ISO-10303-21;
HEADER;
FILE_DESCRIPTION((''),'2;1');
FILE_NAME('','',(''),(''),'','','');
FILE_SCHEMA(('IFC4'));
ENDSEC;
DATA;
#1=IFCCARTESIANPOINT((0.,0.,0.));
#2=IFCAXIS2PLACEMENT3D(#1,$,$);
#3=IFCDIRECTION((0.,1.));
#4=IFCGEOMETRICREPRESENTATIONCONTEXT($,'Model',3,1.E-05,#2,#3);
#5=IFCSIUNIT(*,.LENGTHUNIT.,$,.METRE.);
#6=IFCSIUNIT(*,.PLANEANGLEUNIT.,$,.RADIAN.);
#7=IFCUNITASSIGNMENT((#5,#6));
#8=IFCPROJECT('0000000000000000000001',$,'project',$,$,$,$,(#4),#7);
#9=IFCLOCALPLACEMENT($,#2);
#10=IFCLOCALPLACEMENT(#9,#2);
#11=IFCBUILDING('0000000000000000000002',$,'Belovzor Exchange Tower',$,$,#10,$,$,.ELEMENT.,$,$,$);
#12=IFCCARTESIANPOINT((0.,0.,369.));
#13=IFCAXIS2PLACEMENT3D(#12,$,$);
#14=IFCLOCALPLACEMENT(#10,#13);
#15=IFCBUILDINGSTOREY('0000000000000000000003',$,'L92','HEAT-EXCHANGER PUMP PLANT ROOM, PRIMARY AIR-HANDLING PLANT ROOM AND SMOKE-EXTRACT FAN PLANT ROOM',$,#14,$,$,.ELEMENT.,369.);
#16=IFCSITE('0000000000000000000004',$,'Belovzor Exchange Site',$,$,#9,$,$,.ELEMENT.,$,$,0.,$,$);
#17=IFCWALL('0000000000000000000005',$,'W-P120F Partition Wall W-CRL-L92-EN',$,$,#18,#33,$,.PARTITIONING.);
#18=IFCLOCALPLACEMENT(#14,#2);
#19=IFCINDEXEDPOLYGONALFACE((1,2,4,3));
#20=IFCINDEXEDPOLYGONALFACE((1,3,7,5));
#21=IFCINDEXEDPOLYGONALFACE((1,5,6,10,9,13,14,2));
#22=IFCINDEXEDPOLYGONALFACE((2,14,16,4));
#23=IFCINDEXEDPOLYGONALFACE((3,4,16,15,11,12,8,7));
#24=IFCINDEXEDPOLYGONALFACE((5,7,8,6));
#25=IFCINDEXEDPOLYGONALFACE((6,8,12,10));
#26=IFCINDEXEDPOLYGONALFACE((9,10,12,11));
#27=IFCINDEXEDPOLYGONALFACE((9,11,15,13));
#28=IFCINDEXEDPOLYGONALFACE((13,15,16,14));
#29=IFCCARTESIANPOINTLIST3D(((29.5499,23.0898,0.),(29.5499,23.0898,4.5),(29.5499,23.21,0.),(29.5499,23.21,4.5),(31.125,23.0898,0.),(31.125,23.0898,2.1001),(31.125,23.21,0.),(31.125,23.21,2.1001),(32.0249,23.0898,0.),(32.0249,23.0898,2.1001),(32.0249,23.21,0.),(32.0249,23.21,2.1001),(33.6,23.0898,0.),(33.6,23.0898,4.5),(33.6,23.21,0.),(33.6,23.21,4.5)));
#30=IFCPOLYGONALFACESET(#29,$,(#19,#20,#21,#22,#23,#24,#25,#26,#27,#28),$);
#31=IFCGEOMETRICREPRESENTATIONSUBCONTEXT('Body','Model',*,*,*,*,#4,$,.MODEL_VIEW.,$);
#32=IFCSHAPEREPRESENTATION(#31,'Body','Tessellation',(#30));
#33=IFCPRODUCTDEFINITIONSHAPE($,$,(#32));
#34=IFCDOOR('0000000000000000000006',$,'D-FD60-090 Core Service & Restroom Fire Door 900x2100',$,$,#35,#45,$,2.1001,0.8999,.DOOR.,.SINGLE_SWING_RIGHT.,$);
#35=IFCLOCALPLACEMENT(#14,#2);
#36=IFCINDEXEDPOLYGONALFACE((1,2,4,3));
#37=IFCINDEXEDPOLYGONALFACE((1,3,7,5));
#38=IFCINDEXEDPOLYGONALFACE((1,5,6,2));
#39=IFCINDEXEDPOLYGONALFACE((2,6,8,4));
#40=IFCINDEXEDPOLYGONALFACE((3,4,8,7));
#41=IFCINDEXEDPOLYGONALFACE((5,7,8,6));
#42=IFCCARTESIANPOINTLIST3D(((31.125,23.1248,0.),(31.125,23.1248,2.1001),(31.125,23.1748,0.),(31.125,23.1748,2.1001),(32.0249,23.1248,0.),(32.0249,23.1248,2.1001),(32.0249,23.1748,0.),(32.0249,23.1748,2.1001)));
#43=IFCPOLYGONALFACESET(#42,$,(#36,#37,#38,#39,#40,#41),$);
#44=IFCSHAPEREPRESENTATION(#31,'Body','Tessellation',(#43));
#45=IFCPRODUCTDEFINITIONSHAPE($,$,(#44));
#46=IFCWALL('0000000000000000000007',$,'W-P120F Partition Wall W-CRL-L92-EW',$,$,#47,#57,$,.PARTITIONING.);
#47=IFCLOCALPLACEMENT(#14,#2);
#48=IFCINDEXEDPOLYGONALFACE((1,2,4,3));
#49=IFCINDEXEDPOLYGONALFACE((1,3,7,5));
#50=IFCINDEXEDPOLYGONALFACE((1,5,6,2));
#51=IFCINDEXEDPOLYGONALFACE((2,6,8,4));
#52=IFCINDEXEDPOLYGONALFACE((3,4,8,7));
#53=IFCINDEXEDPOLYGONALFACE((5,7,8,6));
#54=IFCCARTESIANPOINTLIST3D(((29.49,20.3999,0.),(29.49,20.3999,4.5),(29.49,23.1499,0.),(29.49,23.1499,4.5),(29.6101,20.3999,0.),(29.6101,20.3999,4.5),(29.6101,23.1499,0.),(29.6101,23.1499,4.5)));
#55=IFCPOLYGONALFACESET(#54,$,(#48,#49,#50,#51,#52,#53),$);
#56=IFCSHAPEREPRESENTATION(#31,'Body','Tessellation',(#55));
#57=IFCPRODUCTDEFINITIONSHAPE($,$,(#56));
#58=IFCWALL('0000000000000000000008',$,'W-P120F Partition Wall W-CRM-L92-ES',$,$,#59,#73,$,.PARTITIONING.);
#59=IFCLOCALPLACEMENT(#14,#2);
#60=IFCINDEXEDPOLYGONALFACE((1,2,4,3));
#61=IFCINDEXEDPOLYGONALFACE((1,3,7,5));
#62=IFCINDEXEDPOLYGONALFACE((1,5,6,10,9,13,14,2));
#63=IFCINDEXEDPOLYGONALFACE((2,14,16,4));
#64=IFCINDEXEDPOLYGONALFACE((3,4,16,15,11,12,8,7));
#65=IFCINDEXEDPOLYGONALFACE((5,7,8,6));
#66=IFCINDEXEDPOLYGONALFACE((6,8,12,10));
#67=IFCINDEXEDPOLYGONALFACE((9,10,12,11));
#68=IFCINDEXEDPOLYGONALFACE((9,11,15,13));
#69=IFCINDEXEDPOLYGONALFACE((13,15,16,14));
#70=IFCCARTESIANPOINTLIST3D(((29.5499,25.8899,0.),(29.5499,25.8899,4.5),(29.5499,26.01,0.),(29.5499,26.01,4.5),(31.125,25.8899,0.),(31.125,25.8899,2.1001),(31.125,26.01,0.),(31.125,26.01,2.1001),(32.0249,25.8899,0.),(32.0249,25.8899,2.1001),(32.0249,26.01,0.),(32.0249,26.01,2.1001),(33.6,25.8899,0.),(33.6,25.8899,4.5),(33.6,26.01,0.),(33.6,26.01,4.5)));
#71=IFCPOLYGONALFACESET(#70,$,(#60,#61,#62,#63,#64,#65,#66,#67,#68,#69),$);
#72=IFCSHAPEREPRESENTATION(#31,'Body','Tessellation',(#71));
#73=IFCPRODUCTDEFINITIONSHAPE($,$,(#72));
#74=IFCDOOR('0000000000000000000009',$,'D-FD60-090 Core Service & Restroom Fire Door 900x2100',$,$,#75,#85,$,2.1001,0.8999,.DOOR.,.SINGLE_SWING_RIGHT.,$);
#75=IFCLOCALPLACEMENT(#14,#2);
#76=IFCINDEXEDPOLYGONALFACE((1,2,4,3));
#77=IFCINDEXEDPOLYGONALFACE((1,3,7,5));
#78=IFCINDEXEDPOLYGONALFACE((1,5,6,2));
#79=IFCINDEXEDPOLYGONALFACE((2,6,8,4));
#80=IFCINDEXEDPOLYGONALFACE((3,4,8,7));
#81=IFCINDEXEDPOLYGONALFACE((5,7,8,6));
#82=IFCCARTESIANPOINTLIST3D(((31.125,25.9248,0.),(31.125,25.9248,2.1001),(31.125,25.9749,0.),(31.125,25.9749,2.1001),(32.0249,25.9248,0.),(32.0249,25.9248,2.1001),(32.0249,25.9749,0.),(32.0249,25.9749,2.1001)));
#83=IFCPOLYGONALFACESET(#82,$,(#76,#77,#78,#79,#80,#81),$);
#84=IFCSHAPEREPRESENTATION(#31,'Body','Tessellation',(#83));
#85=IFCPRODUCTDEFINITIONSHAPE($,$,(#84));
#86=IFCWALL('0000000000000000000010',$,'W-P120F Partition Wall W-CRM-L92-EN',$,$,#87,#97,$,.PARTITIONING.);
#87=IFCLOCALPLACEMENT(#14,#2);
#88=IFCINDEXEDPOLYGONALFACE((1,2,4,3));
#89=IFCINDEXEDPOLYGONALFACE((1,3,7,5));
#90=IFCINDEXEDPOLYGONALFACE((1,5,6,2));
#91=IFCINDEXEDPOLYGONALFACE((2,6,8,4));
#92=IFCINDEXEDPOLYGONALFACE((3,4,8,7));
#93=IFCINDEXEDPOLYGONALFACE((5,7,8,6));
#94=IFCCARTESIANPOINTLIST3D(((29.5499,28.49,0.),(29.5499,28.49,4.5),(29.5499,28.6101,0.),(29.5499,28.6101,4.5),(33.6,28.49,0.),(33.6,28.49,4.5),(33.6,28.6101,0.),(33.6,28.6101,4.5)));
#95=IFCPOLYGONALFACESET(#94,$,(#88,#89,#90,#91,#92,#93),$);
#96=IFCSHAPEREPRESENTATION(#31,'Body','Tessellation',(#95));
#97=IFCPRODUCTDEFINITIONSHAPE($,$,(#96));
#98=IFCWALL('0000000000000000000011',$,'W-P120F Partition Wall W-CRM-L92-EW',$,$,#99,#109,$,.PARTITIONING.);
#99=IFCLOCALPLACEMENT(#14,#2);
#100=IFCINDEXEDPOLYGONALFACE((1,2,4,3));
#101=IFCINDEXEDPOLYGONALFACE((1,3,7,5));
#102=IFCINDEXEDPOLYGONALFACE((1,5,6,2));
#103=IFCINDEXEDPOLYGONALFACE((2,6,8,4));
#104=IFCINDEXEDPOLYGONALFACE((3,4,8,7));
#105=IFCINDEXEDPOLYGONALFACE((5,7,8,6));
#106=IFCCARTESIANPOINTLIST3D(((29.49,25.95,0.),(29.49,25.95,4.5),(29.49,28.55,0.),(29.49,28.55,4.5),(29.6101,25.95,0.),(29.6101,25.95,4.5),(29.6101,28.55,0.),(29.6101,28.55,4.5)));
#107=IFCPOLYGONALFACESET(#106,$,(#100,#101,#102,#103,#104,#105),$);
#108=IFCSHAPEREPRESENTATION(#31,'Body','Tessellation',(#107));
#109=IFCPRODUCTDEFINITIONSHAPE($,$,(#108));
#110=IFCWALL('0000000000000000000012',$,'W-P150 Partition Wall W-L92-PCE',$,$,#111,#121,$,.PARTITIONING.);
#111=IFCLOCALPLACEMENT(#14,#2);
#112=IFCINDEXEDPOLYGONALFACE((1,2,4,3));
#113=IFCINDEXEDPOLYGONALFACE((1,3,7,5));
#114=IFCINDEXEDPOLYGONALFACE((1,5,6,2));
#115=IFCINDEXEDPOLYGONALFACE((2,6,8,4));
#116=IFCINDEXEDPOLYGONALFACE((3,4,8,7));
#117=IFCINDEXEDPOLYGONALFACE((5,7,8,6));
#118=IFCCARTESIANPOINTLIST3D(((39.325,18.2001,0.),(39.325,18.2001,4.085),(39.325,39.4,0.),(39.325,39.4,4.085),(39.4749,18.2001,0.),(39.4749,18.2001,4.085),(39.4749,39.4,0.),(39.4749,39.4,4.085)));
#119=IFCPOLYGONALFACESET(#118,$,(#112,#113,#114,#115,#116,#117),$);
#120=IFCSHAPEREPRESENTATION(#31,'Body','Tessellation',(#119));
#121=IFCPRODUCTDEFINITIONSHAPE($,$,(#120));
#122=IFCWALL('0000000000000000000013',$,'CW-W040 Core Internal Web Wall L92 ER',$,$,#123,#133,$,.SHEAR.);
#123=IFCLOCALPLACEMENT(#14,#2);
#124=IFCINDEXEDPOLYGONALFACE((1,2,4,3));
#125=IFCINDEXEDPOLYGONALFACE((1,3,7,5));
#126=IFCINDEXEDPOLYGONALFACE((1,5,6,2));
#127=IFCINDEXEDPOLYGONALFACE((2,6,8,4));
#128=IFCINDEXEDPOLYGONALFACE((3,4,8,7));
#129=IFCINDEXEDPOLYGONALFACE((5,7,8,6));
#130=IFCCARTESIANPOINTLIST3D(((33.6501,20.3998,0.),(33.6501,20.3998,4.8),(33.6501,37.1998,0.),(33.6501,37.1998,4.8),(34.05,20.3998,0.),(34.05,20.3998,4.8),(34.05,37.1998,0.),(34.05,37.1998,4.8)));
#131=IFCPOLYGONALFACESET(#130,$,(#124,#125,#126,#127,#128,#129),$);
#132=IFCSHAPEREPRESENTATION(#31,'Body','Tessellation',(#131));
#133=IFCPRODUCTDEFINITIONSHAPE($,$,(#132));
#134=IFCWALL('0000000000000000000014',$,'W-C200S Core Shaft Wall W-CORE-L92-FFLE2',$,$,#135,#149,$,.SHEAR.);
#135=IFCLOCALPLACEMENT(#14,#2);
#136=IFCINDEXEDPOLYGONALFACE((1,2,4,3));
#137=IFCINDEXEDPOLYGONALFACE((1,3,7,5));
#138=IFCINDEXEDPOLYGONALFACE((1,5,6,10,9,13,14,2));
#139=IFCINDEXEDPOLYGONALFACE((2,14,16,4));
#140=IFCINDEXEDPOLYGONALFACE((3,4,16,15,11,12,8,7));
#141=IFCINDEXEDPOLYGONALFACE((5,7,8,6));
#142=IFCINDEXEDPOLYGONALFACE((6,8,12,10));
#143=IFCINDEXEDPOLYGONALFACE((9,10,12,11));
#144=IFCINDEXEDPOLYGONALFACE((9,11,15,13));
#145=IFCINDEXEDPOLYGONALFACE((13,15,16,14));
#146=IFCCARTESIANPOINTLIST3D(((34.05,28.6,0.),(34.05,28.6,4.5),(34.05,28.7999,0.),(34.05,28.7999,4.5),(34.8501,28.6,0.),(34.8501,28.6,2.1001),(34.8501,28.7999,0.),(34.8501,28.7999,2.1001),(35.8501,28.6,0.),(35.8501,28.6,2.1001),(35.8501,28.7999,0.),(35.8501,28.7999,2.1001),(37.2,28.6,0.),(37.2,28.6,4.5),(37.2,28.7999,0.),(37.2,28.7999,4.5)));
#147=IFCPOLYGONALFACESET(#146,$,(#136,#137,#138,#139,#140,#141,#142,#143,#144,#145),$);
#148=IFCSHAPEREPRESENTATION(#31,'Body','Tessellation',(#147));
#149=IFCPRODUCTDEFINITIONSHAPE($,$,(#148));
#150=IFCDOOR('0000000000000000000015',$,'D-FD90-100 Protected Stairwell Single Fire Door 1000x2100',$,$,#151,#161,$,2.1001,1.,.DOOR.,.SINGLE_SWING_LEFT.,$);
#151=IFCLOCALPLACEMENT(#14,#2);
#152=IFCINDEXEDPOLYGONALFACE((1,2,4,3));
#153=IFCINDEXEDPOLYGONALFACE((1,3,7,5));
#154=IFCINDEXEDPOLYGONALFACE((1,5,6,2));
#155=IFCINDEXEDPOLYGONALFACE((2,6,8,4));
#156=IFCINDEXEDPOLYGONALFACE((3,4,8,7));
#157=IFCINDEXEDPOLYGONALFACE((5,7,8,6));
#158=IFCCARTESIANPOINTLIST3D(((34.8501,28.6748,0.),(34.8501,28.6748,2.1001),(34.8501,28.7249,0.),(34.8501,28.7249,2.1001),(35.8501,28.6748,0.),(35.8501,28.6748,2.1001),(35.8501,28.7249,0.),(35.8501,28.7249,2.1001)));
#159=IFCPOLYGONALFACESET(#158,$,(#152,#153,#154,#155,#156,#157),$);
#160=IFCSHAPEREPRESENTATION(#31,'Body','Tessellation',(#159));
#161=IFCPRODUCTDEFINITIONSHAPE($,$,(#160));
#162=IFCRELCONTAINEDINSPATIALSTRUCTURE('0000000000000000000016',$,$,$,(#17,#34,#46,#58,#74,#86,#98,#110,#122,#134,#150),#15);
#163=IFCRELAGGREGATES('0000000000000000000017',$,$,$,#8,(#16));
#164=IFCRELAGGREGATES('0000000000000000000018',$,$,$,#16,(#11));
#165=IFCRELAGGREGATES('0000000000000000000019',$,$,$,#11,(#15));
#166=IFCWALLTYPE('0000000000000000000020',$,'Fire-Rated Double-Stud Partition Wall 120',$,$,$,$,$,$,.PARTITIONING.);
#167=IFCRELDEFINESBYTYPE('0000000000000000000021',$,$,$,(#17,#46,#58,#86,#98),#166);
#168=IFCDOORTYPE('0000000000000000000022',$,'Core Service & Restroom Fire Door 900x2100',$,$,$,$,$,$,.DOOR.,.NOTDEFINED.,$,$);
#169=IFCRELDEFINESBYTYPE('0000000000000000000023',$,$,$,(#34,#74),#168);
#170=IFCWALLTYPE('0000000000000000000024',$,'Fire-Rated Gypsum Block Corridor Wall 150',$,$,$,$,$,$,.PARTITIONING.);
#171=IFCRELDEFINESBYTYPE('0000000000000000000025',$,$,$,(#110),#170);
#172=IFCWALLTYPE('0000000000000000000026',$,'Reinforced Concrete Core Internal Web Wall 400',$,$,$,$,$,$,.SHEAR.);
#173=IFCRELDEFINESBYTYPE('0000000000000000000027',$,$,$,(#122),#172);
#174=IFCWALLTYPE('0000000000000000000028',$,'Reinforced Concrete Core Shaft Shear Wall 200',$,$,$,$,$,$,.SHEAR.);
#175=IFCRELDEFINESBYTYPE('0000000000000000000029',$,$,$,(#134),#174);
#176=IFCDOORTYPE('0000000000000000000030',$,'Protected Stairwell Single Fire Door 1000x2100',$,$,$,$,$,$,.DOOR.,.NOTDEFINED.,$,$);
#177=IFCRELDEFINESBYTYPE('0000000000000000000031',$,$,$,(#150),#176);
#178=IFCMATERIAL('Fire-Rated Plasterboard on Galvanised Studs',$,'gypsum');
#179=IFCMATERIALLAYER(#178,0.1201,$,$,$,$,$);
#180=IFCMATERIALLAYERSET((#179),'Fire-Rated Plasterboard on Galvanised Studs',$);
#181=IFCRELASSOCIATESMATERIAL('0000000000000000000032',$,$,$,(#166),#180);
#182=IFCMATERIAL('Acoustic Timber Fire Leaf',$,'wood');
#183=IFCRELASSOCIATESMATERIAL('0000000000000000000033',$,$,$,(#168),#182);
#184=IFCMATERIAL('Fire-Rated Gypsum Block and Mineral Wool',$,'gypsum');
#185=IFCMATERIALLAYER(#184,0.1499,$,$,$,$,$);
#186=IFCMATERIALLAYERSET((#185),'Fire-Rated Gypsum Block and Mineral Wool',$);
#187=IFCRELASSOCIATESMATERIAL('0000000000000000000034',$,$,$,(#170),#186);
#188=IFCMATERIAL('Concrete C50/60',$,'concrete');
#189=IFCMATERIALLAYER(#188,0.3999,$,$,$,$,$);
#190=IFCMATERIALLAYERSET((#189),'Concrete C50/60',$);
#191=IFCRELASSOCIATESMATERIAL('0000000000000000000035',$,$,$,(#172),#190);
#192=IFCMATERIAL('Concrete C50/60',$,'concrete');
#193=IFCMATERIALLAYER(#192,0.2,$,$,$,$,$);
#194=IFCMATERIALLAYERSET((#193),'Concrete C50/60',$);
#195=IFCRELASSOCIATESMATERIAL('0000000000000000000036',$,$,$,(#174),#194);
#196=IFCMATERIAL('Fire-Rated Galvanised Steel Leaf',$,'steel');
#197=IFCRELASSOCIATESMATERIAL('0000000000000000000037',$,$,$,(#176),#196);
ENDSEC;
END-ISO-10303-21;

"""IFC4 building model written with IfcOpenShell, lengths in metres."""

from ifc_helpers import new_model, si_unit, direction, frame, frame_2d, origin, place, context, subcontext, project, spatial, rectangle, extrude, material, layer, layer_set, type_object, element, fill, save


model = new_model("IFC4")

# Units and contexts
model_context = context("Model", 3, precision=1e-05, world=origin(), true_north=direction((0.0, 1.0)))
body_context = subcontext(model_context, "Body", "Model", "MODEL_VIEW")
ifc_project = project(units=[si_unit("LENGTHUNIT", "METRE"), si_unit("PLANEANGLEUNIT", "RADIAN")], contexts=[model_context])

# Site, building, storey
site_placement = place(None, origin())
site = spatial("IfcSite", under=ifc_project, at=site_placement, Name="Belovzor Exchange Site", CompositionType="ELEMENT", RefElevation=0.0)
building_placement = place(site_placement, origin())
building = spatial("IfcBuilding", under=site, at=building_placement, Name="Belovzor Exchange Tower", CompositionType="ELEMENT")
storey_placement = place(building_placement, frame((0.0, 0.0, 369.0)))
storey = spatial("IfcBuildingStorey", under=building, at=storey_placement, Name="L92", Description="HEAT-EXCHANGER PUMP PLANT ROOM, PRIMARY AIR-HANDLING PLANT ROOM AND SMOKE-EXTRACT FAN PLANT ROOM", CompositionType="ELEMENT", Elevation=369.0)

# Wall, opening, door
ifc_material_1 = material(Name="Fire-Rated Plasterboard on Galvanised Studs", Category="gypsum")
ifc_layer_1 = layer(ifc_material_1, 0.1201)
ifc_layer_set_1 = layer_set([ifc_layer_1], Name="Fire-Rated Plasterboard on Galvanised Studs")
wall_type_1 = type_object("IfcWallType", Name="Fire-Rated Double-Stud Partition Wall 120", PredefinedType="PARTITIONING", material=ifc_layer_set_1)
wall_1_placement = place(storey_placement, frame((29.55, 23.1499, 0.0), z_axis=(0.0, 0.0, 1.0), x_axis=(1.0, 0.0, 0.0)))
wall_1 = element("IfcWall", 1, at=wall_1_placement, inside=storey, type_object=wall_type_1, Name="W-P120F Partition Wall W-CRL-L92-EN", PredefinedType="PARTITIONING", context=body_context, shape_type="SweptSolid", body=[
    extrude(rectangle(XDim=4.05, YDim=0.1201, at=frame_2d((2.0249, 0.0))), origin(), (0.0, 0.0, 1.0), 4.5),
])
opening_1_placement = place(wall_1_placement, frame((1.575, 0.0, 0.0)))
opening_1 = element("IfcOpeningElement", 2, at=opening_1_placement, cuts=wall_1, PredefinedType="OPENING", context=body_context, shape_type="SweptSolid", body=[
    extrude(rectangle(XDim=0.8999, YDim=2.1001, at=frame_2d((0.45, 1.05))), frame((0.0, 0.0701, 0.0), z_axis=(0.0, -1.0, 0.0), x_axis=(1.0, 0.0, 0.0)), (0.0, 0.0, 1.0), 0.1401),
])
ifc_material_2 = material(Name="Acoustic Timber Fire Leaf", Category="wood")
door_type_1 = type_object("IfcDoorType", Name="Core Service & Restroom Fire Door 900x2100", OperationType="NOTDEFINED", PredefinedType="DOOR", material=ifc_material_2)
door_1_placement = place(opening_1_placement, origin())
door_1 = element("IfcDoor", 3, at=door_1_placement, inside=storey, type_object=door_type_1, Name="D-FD60-090 Core Service & Restroom Fire Door 900x2100", OperationType="SINGLE_SWING_RIGHT", OverallHeight=2.1001, OverallWidth=0.8999, PredefinedType="DOOR", context=body_context, shape_type="SweptSolid", body=[
    extrude(rectangle(XDim=0.8999, YDim=2.1001, at=frame_2d((0.45, 1.05))), frame((0.0, 0.0249, 0.0), z_axis=(0.0, -1.0, 0.0), x_axis=(1.0, 0.0, 0.0)), (0.0, 0.0, 1.0), 0.05),
])
fill(opening_1, door_1)

# Wall
wall_2_placement = place(storey_placement, frame((29.55, 20.3999, 0.0), z_axis=(0.0, 0.0, 1.0), x_axis=(0.0, 1.0, 0.0)))
element("IfcWall", 4, at=wall_2_placement, inside=storey, type_object=wall_type_1, Name="W-P120F Partition Wall W-CRL-L92-EW", PredefinedType="PARTITIONING", context=body_context, shape_type="SweptSolid", body=[
    extrude(rectangle(XDim=2.75, YDim=0.1201, at=frame_2d((1.375, 0.0))), origin(), (0.0, 0.0, 1.0), 4.5),
])

# Wall, opening, door
wall_3_placement = place(storey_placement, frame((29.55, 25.95, 0.0), z_axis=(0.0, 0.0, 1.0), x_axis=(1.0, 0.0, 0.0)))
wall_3 = element("IfcWall", 5, at=wall_3_placement, inside=storey, type_object=wall_type_1, Name="W-P120F Partition Wall W-CRM-L92-ES", PredefinedType="PARTITIONING", context=body_context, shape_type="SweptSolid", body=[
    extrude(rectangle(XDim=4.05, YDim=0.1201, at=frame_2d((2.0249, 0.0))), origin(), (0.0, 0.0, 1.0), 4.5),
])
opening_2_placement = place(wall_3_placement, frame((1.575, 0.0, 0.0)))
opening_2 = element("IfcOpeningElement", 6, at=opening_2_placement, cuts=wall_3, PredefinedType="OPENING", context=body_context, shape_type="SweptSolid", body=[
    extrude(rectangle(XDim=0.8999, YDim=2.1001, at=frame_2d((0.45, 1.05))), frame((0.0, 0.0701, 0.0), z_axis=(0.0, -1.0, 0.0), x_axis=(1.0, 0.0, 0.0)), (0.0, 0.0, 1.0), 0.1401),
])
door_2_placement = place(opening_2_placement, origin())
door_2 = element("IfcDoor", 7, at=door_2_placement, inside=storey, type_object=door_type_1, Name="D-FD60-090 Core Service & Restroom Fire Door 900x2100", OperationType="SINGLE_SWING_RIGHT", OverallHeight=2.1001, OverallWidth=0.8999, PredefinedType="DOOR", context=body_context, shape_type="SweptSolid", body=[
    extrude(rectangle(XDim=0.8999, YDim=2.1001, at=frame_2d((0.45, 1.05))), frame((0.0, 0.0249, 0.0), z_axis=(0.0, -1.0, 0.0), x_axis=(1.0, 0.0, 0.0)), (0.0, 0.0, 1.0), 0.05),
])
fill(opening_2, door_2)

# Walls
wall_4_placement = place(storey_placement, frame((29.55, 28.55, 0.0), z_axis=(0.0, 0.0, 1.0), x_axis=(1.0, 0.0, 0.0)))
element("IfcWall", 8, at=wall_4_placement, inside=storey, type_object=wall_type_1, Name="W-P120F Partition Wall W-CRM-L92-EN", PredefinedType="PARTITIONING", context=body_context, shape_type="SweptSolid", body=[
    extrude(rectangle(XDim=4.05, YDim=0.1201, at=frame_2d((2.0249, 0.0))), origin(), (0.0, 0.0, 1.0), 4.5),
])
wall_5_placement = place(storey_placement, frame((29.55, 25.95, 0.0), z_axis=(0.0, 0.0, 1.0), x_axis=(0.0, 1.0, 0.0)))
element("IfcWall", 9, at=wall_5_placement, inside=storey, type_object=wall_type_1, Name="W-P120F Partition Wall W-CRM-L92-EW", PredefinedType="PARTITIONING", context=body_context, shape_type="SweptSolid", body=[
    extrude(rectangle(XDim=2.6001, YDim=0.1201, at=frame_2d((1.3, 0.0))), origin(), (0.0, 0.0, 1.0), 4.5),
])
ifc_material_3 = material(Name="Fire-Rated Gypsum Block and Mineral Wool", Category="gypsum")
ifc_layer_2 = layer(ifc_material_3, 0.1499)
ifc_layer_set_2 = layer_set([ifc_layer_2], Name="Fire-Rated Gypsum Block and Mineral Wool")
wall_type_2 = type_object("IfcWallType", Name="Fire-Rated Gypsum Block Corridor Wall 150", PredefinedType="PARTITIONING", material=ifc_layer_set_2)
wall_6_placement = place(storey_placement, frame((39.3999, 18.2, 0.0), z_axis=(0.0, 0.0, 1.0), x_axis=(0.0, 1.0, 0.0)))
element("IfcWall", 10, at=wall_6_placement, inside=storey, type_object=wall_type_2, Name="W-P150 Partition Wall W-L92-PCE", PredefinedType="PARTITIONING", context=body_context, shape_type="SweptSolid", body=[
    extrude(rectangle(XDim=21.2, YDim=0.1499, at=frame_2d((10.6001, 0.0))), origin(), (0.0, 0.0, 1.0), 4.085),
])
ifc_material_4 = material(Name="Concrete C50/60", Category="concrete")
ifc_layer_3 = layer(ifc_material_4, 0.3999)
ifc_layer_set_3 = layer_set([ifc_layer_3], Name="Concrete C50/60")
wall_type_3 = type_object("IfcWallType", Name="Reinforced Concrete Core Internal Web Wall 400", PredefinedType="SHEAR", material=ifc_layer_set_3)
wall_7_placement = place(storey_placement, frame((33.8501, 20.3999, 0.0), z_axis=(0.0, 0.0, 1.0), x_axis=(0.0, 1.0, 0.0)))
element("IfcWall", 11, at=wall_7_placement, inside=storey, type_object=wall_type_3, Name="CW-W040 Core Internal Web Wall L92 ER", PredefinedType="SHEAR", context=body_context, shape_type="SweptSolid", body=[
    extrude(rectangle(XDim=16.8, YDim=0.3999, at=frame_2d((8.3999, 0.0))), origin(), (0.0, 0.0, 1.0), 4.8),
])

# Wall, opening, door
ifc_material_5 = material(Name="Concrete C50/60", Category="concrete")
ifc_layer_4 = layer(ifc_material_5, 0.2)
ifc_layer_set_4 = layer_set([ifc_layer_4], Name="Concrete C50/60")
wall_type_4 = type_object("IfcWallType", Name="Reinforced Concrete Core Shaft Shear Wall 200", PredefinedType="SHEAR", material=ifc_layer_set_4)
wall_8_placement = place(storey_placement, frame((34.05, 28.7, 0.0), z_axis=(0.0, 0.0, 1.0), x_axis=(1.0, 0.0, 0.0)))
wall_8 = element("IfcWall", 12, at=wall_8_placement, inside=storey, type_object=wall_type_4, Name="W-C200S Core Shaft Wall W-CORE-L92-FFLE2", PredefinedType="SHEAR", context=body_context, shape_type="SweptSolid", body=[
    extrude(rectangle(XDim=3.1499, YDim=0.2, at=frame_2d((1.575, 0.0))), origin(), (0.0, 0.0, 1.0), 4.5),
])
opening_3_placement = place(wall_8_placement, frame((0.8, 0.0, 0.0)))
opening_3 = element("IfcOpeningElement", 13, at=opening_3_placement, cuts=wall_8, PredefinedType="OPENING", context=body_context, shape_type="SweptSolid", body=[
    extrude(rectangle(XDim=1.0, YDim=2.1001, at=frame_2d((0.5, 1.05))), frame((0.0, 0.1099, 0.0), z_axis=(0.0, -1.0, 0.0), x_axis=(1.0, 0.0, 0.0)), (0.0, 0.0, 1.0), 0.22),
])
ifc_material_6 = material(Name="Fire-Rated Galvanised Steel Leaf", Category="steel")
door_type_2 = type_object("IfcDoorType", Name="Protected Stairwell Single Fire Door 1000x2100", OperationType="NOTDEFINED", PredefinedType="DOOR", material=ifc_material_6)
door_3_placement = place(opening_3_placement, origin())
door_3 = element("IfcDoor", 14, at=door_3_placement, inside=storey, type_object=door_type_2, Name="D-FD90-100 Protected Stairwell Single Fire Door 1000x2100", OperationType="SINGLE_SWING_LEFT", OverallHeight=2.1001, OverallWidth=1.0, PredefinedType="DOOR", context=body_context, shape_type="SweptSolid", body=[
    extrude(rectangle(XDim=1.0, YDim=2.1001, at=frame_2d((0.5, 1.05))), frame((0.0, 0.0249, 0.0), z_axis=(0.0, -1.0, 0.0), x_axis=(1.0, 0.0, 0.0)), (0.0, 0.0, 1.0), 0.05),
])
fill(opening_3, door_3)

save(model, "model.ifc")
